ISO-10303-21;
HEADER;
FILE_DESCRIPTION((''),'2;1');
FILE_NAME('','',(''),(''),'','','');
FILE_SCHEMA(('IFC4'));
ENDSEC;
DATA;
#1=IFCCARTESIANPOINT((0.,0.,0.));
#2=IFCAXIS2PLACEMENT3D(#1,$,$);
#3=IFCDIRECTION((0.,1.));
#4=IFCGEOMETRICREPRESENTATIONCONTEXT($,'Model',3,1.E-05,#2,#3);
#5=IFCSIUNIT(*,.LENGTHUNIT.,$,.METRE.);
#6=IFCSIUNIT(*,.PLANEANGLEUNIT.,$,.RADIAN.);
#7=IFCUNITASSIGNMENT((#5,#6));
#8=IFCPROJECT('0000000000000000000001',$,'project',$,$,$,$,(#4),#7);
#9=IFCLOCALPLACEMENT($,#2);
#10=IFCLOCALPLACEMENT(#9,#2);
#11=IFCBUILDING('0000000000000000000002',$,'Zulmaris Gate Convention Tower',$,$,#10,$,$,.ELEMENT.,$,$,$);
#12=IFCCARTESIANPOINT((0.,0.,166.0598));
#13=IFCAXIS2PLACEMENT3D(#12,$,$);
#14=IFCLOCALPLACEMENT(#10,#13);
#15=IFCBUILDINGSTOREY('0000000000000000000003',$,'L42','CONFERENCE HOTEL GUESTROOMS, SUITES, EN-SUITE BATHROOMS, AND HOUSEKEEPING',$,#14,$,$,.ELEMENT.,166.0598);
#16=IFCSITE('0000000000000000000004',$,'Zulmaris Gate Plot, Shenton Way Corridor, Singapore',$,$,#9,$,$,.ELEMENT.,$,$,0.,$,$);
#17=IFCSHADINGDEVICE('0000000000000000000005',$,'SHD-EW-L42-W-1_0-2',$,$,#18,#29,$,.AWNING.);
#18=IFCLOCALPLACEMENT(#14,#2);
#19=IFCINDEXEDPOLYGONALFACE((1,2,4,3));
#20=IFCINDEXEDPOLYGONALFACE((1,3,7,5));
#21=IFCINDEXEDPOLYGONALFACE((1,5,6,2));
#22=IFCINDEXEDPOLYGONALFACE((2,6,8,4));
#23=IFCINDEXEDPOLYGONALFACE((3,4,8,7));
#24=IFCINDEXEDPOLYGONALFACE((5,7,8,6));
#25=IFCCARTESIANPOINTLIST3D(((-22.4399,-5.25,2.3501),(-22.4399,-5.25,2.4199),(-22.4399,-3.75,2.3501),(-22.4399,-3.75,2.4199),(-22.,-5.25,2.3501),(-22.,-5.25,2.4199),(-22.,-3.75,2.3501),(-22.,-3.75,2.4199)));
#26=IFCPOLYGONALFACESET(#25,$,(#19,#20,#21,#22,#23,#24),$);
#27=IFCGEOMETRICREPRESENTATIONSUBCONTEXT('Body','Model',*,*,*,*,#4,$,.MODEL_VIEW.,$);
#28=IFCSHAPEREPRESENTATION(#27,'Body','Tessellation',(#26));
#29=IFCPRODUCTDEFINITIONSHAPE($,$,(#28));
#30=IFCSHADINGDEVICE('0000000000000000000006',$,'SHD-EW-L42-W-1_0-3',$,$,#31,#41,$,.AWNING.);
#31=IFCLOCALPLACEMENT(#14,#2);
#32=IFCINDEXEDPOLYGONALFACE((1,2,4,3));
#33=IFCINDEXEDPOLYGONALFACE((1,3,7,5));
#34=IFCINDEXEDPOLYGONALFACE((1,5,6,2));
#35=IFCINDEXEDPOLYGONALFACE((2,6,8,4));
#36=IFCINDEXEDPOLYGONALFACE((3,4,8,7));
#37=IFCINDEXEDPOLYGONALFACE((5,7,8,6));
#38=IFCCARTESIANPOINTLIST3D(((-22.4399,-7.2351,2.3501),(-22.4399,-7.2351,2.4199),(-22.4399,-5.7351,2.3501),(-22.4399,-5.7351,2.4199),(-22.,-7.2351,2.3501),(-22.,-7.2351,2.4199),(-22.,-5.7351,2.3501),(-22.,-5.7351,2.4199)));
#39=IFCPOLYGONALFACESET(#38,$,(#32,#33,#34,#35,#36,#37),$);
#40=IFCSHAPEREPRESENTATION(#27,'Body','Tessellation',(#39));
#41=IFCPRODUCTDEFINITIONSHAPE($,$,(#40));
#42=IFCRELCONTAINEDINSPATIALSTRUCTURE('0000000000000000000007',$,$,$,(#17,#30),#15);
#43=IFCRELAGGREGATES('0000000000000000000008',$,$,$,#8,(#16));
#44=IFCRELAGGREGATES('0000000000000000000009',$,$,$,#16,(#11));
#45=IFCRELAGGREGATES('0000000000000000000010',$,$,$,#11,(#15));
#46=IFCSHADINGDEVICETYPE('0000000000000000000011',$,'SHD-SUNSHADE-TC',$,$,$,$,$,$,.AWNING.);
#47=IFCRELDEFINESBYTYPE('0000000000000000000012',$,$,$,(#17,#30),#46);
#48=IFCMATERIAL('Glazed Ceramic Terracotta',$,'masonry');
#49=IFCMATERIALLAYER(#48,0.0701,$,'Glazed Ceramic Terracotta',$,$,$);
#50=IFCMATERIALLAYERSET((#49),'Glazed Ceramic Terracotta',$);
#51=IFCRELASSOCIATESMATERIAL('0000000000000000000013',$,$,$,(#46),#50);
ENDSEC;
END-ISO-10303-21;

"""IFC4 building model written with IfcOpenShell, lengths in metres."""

from ifc_helpers import new_model, si_unit, direction, frame, frame_2d, origin, place, context, subcontext, project, spatial, rectangle, extrude, material, layer, layer_set, type_object, element, save


model = new_model("IFC4")

# Units and contexts
model_context = context("Model", 3, precision=1e-05, world=origin(), true_north=direction((0.0, 1.0)))
body_context = subcontext(model_context, "Body", "Model", "MODEL_VIEW")
ifc_project = project(units=[si_unit("LENGTHUNIT", "METRE"), si_unit("PLANEANGLEUNIT", "RADIAN")], contexts=[model_context])

# Site, building, storey
site_placement = place(None, origin())
site = spatial("IfcSite", under=ifc_project, at=site_placement, Name="Zulmaris Gate Plot, Shenton Way Corridor, Singapore", CompositionType="ELEMENT", RefElevation=0.0)
building_placement = place(site_placement, origin())
building = spatial("IfcBuilding", under=site, at=building_placement, Name="Zulmaris Gate Convention Tower", CompositionType="ELEMENT")
storey_placement = place(building_placement, frame((0.0, 0.0, 166.0598)))
storey = spatial("IfcBuildingStorey", under=building, at=storey_placement, Name="L42", Description="CONFERENCE HOTEL GUESTROOMS, SUITES, EN-SUITE BATHROOMS, AND HOUSEKEEPING", CompositionType="ELEMENT", Elevation=166.0598)

# Shading devices
ifc_material_1 = material(Name="Glazed Ceramic Terracotta", Category="masonry")
ifc_layer_1 = layer(ifc_material_1, 0.0701, Name="Glazed Ceramic Terracotta")
ifc_layer_set_1 = layer_set([ifc_layer_1], Name="Glazed Ceramic Terracotta")
shading_device_type = type_object("IfcShadingDeviceType", Name="SHD-SUNSHADE-TC", PredefinedType="AWNING", material=ifc_layer_set_1)
for number, where, z_axis, x_axis, name in (
    (1, (-22.22, -3.75, 2.3501), (0.0, 0.0, 1.0), (0.0, -1.0, 0.0), "SHD-EW-L42-W-1_0-2"),
    (2, (-22.22, -5.7351, 2.3501), (0.0, 0.0, 1.0), (0.0, -1.0, 0.0), "SHD-EW-L42-W-1_0-3"),
):
    element("IfcShadingDevice", number, at=place(storey_placement, frame(where, z_axis=z_axis, x_axis=x_axis)), inside=storey, type_object=shading_device_type, Name=name, PredefinedType="AWNING", context=body_context, shape_type="SweptSolid", body=[
        extrude(rectangle(XDim=1.5, YDim=0.4399, at=frame_2d((0.75, 0.0))), origin(), (0.0, 0.0, 1.0), 0.0698),
    ])

save(model, "model.ifc")
